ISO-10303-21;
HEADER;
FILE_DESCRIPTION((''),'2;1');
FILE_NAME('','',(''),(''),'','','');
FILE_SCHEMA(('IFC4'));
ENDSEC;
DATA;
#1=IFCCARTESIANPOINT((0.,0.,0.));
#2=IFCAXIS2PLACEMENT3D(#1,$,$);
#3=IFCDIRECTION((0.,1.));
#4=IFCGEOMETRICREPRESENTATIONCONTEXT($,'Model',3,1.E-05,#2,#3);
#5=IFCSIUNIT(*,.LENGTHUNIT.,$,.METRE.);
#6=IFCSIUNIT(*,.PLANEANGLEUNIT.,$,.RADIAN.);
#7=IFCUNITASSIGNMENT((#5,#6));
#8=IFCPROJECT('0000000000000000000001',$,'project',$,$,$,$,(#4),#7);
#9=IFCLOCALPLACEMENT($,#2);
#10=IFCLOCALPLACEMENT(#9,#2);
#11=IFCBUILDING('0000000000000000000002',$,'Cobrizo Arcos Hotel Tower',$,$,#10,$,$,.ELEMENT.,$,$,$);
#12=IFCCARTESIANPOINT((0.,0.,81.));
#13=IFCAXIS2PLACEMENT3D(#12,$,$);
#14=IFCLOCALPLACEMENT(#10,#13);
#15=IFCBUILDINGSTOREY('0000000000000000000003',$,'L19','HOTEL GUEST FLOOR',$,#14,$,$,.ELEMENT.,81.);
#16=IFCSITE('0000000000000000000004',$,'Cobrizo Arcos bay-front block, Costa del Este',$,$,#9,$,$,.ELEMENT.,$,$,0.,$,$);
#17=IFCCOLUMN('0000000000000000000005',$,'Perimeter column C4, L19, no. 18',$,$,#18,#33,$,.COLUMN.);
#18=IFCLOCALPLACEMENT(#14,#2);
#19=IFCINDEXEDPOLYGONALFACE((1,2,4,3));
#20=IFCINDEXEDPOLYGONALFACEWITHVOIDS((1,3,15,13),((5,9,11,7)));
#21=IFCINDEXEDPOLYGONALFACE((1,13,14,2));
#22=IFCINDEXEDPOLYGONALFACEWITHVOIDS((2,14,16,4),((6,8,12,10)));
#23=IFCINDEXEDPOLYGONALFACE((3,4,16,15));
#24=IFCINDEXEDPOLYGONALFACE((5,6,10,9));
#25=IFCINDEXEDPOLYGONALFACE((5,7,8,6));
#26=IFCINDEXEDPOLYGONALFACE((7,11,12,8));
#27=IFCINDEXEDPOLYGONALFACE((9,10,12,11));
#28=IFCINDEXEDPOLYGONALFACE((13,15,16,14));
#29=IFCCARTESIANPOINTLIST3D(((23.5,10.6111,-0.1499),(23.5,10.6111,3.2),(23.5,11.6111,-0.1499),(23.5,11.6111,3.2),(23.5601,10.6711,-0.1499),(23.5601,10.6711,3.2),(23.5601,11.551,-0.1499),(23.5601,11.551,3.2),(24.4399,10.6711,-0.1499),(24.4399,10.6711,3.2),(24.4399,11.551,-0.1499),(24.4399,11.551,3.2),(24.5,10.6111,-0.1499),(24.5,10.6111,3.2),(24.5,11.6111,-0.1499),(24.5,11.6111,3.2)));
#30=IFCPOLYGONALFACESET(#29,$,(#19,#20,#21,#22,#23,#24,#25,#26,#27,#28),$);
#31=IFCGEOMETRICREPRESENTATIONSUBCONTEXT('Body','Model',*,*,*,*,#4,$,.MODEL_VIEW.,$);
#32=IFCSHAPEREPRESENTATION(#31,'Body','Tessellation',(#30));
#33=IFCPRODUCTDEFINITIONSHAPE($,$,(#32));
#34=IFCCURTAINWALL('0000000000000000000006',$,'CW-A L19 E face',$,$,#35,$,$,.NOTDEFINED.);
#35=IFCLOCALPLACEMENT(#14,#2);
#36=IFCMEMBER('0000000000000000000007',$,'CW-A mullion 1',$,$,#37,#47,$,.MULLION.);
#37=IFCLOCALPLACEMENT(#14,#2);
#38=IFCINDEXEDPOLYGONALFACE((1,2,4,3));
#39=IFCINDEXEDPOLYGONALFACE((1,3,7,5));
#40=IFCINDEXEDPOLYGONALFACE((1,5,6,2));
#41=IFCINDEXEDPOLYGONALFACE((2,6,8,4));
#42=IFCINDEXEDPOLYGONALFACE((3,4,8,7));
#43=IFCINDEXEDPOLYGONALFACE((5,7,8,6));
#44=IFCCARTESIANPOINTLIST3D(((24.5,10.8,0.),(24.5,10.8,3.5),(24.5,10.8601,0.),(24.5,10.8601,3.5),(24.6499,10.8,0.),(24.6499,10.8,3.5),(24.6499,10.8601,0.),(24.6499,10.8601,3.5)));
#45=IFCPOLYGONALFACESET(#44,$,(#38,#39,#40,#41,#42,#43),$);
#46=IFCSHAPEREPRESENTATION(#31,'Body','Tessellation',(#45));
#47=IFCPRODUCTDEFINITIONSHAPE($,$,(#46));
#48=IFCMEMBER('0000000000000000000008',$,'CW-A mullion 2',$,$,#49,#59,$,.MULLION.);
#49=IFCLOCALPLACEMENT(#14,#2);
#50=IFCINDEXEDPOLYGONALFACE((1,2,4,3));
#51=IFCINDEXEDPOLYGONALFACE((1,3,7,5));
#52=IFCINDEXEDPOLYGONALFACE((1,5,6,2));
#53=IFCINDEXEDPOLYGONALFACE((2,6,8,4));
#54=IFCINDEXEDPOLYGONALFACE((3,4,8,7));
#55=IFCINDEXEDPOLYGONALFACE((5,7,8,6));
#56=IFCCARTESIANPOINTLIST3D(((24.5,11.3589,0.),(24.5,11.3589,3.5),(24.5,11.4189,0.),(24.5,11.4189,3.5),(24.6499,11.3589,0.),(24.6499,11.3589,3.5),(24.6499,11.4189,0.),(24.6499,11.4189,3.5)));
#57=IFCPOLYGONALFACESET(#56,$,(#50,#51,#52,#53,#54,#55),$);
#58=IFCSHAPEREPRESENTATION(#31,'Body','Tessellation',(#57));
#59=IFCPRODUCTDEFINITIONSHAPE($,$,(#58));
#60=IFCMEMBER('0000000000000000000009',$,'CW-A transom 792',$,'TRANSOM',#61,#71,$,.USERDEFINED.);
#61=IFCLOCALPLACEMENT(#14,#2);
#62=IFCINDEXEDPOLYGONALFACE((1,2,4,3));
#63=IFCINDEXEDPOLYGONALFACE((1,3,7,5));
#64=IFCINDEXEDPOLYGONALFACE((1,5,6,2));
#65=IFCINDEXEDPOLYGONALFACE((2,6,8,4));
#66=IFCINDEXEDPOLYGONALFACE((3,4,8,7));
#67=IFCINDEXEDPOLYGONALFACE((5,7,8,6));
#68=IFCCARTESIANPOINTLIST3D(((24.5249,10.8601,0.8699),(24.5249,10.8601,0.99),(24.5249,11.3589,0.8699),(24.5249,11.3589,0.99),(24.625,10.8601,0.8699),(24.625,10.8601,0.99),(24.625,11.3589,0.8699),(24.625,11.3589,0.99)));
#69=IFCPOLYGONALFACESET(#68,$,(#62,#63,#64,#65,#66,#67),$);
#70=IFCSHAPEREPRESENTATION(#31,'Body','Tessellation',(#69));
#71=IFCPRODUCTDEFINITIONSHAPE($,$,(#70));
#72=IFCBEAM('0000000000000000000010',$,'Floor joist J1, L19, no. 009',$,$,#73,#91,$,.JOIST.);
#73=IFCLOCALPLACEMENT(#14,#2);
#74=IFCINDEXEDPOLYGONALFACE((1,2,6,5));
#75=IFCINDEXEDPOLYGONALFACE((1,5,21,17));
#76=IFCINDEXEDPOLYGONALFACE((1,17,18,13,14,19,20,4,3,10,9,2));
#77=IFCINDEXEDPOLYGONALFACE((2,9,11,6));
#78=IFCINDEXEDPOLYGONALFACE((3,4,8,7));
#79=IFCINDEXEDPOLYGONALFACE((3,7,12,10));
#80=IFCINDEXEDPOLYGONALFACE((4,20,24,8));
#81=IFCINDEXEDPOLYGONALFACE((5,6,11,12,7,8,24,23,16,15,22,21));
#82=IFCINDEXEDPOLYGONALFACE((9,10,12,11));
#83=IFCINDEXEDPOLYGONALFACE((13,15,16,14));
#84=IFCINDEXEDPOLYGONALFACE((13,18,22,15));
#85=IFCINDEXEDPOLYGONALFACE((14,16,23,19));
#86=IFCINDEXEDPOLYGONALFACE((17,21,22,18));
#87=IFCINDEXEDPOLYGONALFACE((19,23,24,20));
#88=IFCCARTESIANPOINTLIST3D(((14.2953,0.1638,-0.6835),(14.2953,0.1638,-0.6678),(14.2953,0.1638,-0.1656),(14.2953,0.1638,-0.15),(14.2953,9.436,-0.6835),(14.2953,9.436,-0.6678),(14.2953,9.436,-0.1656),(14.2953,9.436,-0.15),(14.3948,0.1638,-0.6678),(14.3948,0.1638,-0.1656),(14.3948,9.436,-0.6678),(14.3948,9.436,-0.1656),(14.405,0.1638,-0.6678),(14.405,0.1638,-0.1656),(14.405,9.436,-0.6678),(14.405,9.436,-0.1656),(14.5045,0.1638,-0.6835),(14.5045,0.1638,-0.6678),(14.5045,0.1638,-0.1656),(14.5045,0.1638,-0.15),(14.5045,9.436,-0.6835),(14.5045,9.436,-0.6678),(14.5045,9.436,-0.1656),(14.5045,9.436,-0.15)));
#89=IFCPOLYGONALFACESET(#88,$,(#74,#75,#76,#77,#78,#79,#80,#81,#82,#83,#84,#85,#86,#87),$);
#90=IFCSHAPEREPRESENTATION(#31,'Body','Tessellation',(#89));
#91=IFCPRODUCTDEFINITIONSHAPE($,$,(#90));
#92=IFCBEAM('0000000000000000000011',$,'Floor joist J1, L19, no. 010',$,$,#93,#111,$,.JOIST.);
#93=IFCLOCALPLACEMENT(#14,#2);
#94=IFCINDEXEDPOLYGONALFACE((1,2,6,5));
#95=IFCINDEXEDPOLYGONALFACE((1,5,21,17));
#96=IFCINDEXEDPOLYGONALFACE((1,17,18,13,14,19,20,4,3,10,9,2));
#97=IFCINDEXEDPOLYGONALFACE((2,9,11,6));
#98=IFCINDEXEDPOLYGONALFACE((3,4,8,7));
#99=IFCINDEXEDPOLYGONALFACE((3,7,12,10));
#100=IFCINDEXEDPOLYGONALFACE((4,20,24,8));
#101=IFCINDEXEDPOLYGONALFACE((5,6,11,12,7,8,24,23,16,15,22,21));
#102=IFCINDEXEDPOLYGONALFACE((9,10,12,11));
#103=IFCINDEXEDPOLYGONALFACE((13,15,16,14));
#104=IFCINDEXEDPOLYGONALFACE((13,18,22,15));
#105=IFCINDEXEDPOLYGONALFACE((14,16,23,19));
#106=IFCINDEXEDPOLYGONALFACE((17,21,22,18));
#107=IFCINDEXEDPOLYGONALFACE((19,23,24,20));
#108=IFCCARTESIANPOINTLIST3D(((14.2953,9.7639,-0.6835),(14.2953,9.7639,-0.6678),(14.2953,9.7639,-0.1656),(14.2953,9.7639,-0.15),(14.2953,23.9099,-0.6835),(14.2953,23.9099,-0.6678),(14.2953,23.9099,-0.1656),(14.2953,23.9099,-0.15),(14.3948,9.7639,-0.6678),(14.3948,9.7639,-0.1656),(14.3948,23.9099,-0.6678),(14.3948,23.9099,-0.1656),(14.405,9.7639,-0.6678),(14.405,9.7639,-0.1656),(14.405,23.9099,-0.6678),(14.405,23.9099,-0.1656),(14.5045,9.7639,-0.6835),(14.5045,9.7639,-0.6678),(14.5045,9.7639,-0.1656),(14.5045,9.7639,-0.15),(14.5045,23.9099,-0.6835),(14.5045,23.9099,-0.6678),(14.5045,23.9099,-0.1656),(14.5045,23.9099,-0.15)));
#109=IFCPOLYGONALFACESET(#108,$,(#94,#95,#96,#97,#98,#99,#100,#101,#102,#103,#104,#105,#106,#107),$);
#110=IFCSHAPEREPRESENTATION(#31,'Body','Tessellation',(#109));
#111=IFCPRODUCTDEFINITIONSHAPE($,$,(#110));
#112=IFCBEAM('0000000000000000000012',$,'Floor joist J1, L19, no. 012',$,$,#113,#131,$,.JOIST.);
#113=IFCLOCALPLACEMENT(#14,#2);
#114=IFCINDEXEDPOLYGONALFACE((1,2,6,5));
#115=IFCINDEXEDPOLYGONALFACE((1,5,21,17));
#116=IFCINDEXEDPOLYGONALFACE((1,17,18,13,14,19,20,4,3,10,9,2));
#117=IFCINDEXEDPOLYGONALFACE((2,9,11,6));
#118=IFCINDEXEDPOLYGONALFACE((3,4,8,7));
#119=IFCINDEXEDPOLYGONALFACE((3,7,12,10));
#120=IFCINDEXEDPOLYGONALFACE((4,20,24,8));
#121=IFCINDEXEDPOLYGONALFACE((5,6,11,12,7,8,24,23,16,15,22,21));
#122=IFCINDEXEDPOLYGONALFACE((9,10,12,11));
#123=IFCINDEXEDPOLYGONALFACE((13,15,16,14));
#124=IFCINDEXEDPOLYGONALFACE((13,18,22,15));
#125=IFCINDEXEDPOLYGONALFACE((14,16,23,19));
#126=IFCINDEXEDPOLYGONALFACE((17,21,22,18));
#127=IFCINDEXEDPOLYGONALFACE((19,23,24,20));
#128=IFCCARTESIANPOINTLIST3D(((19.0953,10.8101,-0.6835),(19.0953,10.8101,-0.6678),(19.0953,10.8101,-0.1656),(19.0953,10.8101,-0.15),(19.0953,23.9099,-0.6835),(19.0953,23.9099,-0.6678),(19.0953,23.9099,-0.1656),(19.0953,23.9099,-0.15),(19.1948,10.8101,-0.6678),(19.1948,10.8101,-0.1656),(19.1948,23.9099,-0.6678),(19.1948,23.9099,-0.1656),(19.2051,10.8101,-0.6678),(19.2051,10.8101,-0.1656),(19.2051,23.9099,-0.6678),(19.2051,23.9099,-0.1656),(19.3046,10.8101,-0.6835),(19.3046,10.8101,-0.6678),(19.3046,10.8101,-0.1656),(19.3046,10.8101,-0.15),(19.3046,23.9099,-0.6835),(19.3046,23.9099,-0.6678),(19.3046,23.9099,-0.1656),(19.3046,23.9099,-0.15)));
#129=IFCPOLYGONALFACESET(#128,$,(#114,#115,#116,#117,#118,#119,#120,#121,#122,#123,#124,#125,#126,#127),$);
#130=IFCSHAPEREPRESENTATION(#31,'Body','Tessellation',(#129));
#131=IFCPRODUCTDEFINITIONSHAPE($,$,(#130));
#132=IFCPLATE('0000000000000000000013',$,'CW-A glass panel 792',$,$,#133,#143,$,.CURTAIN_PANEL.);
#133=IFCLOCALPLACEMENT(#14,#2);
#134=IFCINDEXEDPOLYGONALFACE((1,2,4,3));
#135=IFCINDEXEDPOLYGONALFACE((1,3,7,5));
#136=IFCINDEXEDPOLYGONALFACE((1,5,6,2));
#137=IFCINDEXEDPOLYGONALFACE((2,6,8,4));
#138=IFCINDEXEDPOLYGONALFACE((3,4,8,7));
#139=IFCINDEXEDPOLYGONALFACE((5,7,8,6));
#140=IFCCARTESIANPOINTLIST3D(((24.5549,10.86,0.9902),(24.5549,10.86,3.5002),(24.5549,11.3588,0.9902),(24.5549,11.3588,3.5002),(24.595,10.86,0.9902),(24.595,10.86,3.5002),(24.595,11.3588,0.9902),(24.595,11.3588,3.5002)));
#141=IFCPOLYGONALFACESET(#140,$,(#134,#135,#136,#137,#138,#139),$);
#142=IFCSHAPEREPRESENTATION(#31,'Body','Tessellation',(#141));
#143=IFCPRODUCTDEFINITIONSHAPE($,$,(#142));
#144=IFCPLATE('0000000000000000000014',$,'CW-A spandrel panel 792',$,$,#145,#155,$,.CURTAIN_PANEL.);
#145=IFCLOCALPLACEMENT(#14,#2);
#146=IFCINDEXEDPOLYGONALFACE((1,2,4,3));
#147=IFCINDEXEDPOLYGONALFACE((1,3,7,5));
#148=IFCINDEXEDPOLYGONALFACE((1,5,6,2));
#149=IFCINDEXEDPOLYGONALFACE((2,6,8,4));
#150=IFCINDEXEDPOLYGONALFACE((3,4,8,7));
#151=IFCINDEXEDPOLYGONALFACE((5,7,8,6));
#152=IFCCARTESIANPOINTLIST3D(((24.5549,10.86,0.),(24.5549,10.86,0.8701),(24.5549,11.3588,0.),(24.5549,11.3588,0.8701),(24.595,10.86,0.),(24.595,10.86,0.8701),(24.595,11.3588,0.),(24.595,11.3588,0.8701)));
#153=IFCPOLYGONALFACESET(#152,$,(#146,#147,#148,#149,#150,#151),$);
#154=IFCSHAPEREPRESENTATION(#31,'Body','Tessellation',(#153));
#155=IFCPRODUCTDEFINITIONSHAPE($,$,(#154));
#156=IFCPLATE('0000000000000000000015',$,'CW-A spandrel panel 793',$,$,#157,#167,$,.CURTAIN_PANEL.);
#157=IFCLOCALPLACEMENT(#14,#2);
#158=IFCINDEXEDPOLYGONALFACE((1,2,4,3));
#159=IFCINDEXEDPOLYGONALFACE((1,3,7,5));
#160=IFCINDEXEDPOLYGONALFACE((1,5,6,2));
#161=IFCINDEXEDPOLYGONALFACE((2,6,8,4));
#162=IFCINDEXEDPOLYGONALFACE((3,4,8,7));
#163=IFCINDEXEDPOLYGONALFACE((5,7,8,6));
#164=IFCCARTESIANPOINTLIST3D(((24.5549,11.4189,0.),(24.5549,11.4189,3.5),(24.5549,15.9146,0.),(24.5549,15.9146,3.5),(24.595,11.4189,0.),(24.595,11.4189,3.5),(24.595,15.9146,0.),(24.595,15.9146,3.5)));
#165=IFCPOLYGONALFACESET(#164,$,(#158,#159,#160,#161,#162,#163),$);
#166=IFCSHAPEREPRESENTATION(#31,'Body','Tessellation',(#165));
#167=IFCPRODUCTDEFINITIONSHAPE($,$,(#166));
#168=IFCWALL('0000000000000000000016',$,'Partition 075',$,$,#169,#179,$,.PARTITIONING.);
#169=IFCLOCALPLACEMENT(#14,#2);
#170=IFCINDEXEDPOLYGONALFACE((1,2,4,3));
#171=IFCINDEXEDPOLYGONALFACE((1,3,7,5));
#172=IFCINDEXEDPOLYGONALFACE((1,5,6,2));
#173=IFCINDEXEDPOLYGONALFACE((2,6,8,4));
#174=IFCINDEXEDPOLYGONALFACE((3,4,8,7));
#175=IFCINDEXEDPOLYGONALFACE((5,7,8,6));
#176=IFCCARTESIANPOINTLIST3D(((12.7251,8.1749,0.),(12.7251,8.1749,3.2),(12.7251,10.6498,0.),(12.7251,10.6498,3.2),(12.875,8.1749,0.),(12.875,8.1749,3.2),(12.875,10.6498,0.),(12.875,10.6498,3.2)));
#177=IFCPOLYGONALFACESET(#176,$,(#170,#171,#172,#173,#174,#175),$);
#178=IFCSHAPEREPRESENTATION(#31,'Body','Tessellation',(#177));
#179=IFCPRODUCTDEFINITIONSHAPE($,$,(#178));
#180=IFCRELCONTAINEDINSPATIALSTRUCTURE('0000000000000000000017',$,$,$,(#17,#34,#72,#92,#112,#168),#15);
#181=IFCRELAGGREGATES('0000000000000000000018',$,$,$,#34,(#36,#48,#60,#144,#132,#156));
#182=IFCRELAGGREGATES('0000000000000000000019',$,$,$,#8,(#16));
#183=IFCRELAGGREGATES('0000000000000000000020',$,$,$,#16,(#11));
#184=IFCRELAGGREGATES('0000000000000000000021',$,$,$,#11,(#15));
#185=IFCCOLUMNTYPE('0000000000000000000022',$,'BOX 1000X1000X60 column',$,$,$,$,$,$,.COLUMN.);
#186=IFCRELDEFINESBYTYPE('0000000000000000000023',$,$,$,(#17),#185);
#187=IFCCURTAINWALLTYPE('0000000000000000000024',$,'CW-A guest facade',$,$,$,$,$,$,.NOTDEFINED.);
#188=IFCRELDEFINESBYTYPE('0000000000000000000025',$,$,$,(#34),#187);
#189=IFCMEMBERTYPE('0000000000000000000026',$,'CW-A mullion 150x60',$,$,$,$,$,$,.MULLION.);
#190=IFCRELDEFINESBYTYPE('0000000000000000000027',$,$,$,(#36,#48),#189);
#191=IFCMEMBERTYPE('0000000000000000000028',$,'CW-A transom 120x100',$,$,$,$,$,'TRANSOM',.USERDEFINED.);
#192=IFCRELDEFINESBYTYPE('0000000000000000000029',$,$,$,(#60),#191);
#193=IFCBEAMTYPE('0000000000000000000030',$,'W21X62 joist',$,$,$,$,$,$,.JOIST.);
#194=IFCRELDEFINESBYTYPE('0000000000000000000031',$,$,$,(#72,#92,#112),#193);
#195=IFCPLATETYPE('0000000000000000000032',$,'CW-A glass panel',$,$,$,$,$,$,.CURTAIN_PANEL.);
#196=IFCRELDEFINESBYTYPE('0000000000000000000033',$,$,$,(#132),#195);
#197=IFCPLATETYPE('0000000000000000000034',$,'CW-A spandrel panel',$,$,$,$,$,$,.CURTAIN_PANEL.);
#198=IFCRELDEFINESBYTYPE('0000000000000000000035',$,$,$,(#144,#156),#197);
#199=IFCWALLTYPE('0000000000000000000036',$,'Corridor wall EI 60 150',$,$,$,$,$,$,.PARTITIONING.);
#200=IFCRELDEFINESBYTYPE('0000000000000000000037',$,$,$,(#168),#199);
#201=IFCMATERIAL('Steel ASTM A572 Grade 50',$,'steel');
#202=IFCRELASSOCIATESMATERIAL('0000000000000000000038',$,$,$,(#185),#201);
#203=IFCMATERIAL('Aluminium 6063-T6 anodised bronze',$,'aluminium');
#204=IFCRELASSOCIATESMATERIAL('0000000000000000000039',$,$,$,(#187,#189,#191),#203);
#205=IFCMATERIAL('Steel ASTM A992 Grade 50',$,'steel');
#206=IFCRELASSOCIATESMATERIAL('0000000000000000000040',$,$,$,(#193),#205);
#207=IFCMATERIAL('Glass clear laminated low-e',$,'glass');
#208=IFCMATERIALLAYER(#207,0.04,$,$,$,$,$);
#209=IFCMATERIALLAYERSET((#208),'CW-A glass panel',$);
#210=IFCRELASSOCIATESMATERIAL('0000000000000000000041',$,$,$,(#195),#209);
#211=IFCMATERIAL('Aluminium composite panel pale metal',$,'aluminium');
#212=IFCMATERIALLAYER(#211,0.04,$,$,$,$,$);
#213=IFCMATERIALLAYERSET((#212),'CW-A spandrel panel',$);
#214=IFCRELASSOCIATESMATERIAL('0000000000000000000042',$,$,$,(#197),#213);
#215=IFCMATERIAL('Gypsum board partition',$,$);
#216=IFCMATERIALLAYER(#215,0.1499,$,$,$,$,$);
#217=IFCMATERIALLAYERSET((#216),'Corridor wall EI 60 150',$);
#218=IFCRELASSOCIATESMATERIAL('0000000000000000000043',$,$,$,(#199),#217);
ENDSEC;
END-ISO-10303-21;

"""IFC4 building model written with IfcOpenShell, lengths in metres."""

from ifc_helpers import new_model, si_unit, direction, frame, frame_2d, origin, origin_2d, place, context, subcontext, project, spatial, rectangle, hollow_rectangle, i_section, extrude, material, layer, layer_set, material_profile, profile_set, type_object, element, aggregate, save


model = new_model("IFC4")

# Units and contexts
model_context = context("Model", 3, precision=1e-05, world=origin(), true_north=direction((0.0, 1.0)))
body_context = subcontext(model_context, "Body", "Model", "MODEL_VIEW")
ifc_project = project(units=[si_unit("LENGTHUNIT", "METRE"), si_unit("PLANEANGLEUNIT", "RADIAN")], contexts=[model_context])

# Site, building, storey
site_placement = place(None, origin())
site = spatial("IfcSite", under=ifc_project, at=site_placement, Name="Cobrizo Arcos bay-front block, Costa del Este", CompositionType="ELEMENT", RefElevation=0.0)
building_placement = place(site_placement, origin())
building = spatial("IfcBuilding", under=site, at=building_placement, Name="Cobrizo Arcos Hotel Tower", CompositionType="ELEMENT")
storey_placement = place(building_placement, frame((0.0, 0.0, 81.0)))
storey = spatial("IfcBuildingStorey", under=building, at=storey_placement, Name="L19", Description="HOTEL GUEST FLOOR", CompositionType="ELEMENT", Elevation=81.0)

# Column
ifc_material_1 = material(Name="Steel ASTM A572 Grade 50", Category="steel")
ifc_material_profile_1 = material_profile(ifc_material_1, hollow_rectangle(XDim=1.0, YDim=1.0, WallThickness=0.0601, at=origin_2d()), Name="BOX 1000X1000X60")
ifc_profile_set_1 = profile_set([ifc_material_profile_1], Name="Steel ASTM A572 Grade 50")
column_type = type_object("IfcColumnType", Name="BOX 1000X1000X60 column", PredefinedType="COLUMN", material=ifc_profile_set_1)
column_placement = place(storey_placement, frame((24.0, 11.1111, -0.1499), z_axis=(0.0, 0.0, 1.0), x_axis=(1.0, 0.0, 0.0)))
element("IfcColumn", 1, at=column_placement, inside=storey, type_object=column_type, Name="Perimeter column C4, L19, no. 18", PredefinedType="COLUMN", context=body_context, shape_type="SweptSolid", body=[
    extrude(hollow_rectangle(XDim=1.0, YDim=1.0, WallThickness=0.0601, at=origin_2d()), origin(), (0.0, 0.0, 1.0), 3.3499),
])

# Curtain wall, members
ifc_material_2 = material(Name="Aluminium 6063-T6 anodised bronze", Category="aluminium")
curtain_wall_type = type_object("IfcCurtainWallType", Name="CW-A guest facade", PredefinedType="NOTDEFINED", material=ifc_material_2)
curtain_wall_placement = place(storey_placement, origin())
curtain_wall = element("IfcCurtainWall", 2, at=curtain_wall_placement, inside=storey, type_object=curtain_wall_type, Name="CW-A L19 E face", PredefinedType="NOTDEFINED")
ifc_material_profile_2 = material_profile(ifc_material_2, rectangle(XDim=0.1499, YDim=0.0601, at=origin_2d()), Name="CW-A mullion 150x60")
ifc_profile_set_2 = profile_set([ifc_material_profile_2], Name="Aluminium 6063-T6 anodised bronze")
member_type_1 = type_object("IfcMemberType", Name="CW-A mullion 150x60", PredefinedType="MULLION", material=ifc_profile_set_2)
member_1_placement = place(storey_placement, frame((24.575, 10.8301, 0.0), z_axis=(0.0, 0.0, 1.0), x_axis=(1.0, 0.0, 0.0)))
member_1 = element("IfcMember", 3, at=member_1_placement, type_object=member_type_1, Name="CW-A mullion 1", PredefinedType="MULLION", context=body_context, shape_type="SweptSolid", body=[
    extrude(rectangle(XDim=0.1499, YDim=0.0601, at=origin_2d()), origin(), (0.0, 0.0, 1.0), 3.5),
])
member_2_placement = place(storey_placement, frame((24.575, 11.3889, 0.0), z_axis=(0.0, 0.0, 1.0), x_axis=(1.0, 0.0, 0.0)))
member_2 = element("IfcMember", 4, at=member_2_placement, type_object=member_type_1, Name="CW-A mullion 2", PredefinedType="MULLION", context=body_context, shape_type="SweptSolid", body=[
    extrude(rectangle(XDim=0.1499, YDim=0.0601, at=origin_2d()), origin(), (0.0, 0.0, 1.0), 3.5),
])
ifc_material_profile_3 = material_profile(ifc_material_2, rectangle(XDim=0.1001, YDim=0.1201, at=origin_2d()), Name="CW-A transom 120x100")
ifc_profile_set_3 = profile_set([ifc_material_profile_3], Name="Aluminium 6063-T6 anodised bronze")
member_type_2 = type_object("IfcMemberType", Name="CW-A transom 120x100", ElementType="TRANSOM", PredefinedType="USERDEFINED", material=ifc_profile_set_3)
member_3_placement = place(storey_placement, frame((24.575, 10.8601, 0.9299), z_axis=(0.0, 1.0, 0.0), x_axis=(-1.0, 0.0, 0.0)))
member_3 = element("IfcMember", 5, at=member_3_placement, type_object=member_type_2, Name="CW-A transom 792", ObjectType="TRANSOM", PredefinedType="USERDEFINED", context=body_context, shape_type="SweptSolid", body=[
    extrude(rectangle(XDim=0.1001, YDim=0.1201, at=origin_2d()), origin(), (0.0, 0.0, 1.0), 0.4988),
])

# Beams
ifc_material_3 = material(Name="Steel ASTM A992 Grade 50", Category="steel")
ifc_material_profile_4 = material_profile(ifc_material_3, i_section(OverallWidth=0.2092, OverallDepth=0.5334, WebThickness=0.0103, FlangeThickness=0.0156, at=origin_2d()), Name="W21X62")
ifc_profile_set_4 = profile_set([ifc_material_profile_4], Name="Steel ASTM A992 Grade 50")
beam_type = type_object("IfcBeamType", Name="W21X62 joist", PredefinedType="JOIST", material=ifc_profile_set_4)
beam_1_placement = place(storey_placement, frame((14.3999, 0.1638, -0.4167), z_axis=(0.0, 1.0, 0.0), x_axis=(-1.0, 0.0, 0.0)))
element("IfcBeam", 6, at=beam_1_placement, inside=storey, type_object=beam_type, Name="Floor joist J1, L19, no. 009", PredefinedType="JOIST", context=body_context, shape_type="SweptSolid", body=[
    extrude(i_section(OverallWidth=0.2092, OverallDepth=0.5334, WebThickness=0.0103, FlangeThickness=0.0156, at=origin_2d()), origin(), (0.0, 0.0, 1.0), 9.2722),
])
beam_2_placement = place(storey_placement, frame((14.3999, 9.7639, -0.4167), z_axis=(0.0, 1.0, 0.0), x_axis=(-1.0, 0.0, 0.0)))
element("IfcBeam", 7, at=beam_2_placement, inside=storey, type_object=beam_type, Name="Floor joist J1, L19, no. 010", PredefinedType="JOIST", context=body_context, shape_type="SweptSolid", body=[
    extrude(i_section(OverallWidth=0.2092, OverallDepth=0.5334, WebThickness=0.0103, FlangeThickness=0.0156, at=origin_2d()), origin(), (0.0, 0.0, 1.0), 14.146),
])
beam_3_placement = place(storey_placement, frame((19.2, 10.8101, -0.4167), z_axis=(0.0, 1.0, 0.0), x_axis=(-1.0, 0.0, 0.0)))
element("IfcBeam", 8, at=beam_3_placement, inside=storey, type_object=beam_type, Name="Floor joist J1, L19, no. 012", PredefinedType="JOIST", context=body_context, shape_type="SweptSolid", body=[
    extrude(i_section(OverallWidth=0.2092, OverallDepth=0.5334, WebThickness=0.0103, FlangeThickness=0.0156, at=origin_2d()), origin(), (0.0, 0.0, 1.0), 13.0999),
])

# Plates
ifc_material_4 = material(Name="Glass clear laminated low-e", Category="glass")
ifc_layer_1 = layer(ifc_material_4, 0.04)
ifc_layer_set_1 = layer_set([ifc_layer_1], Name="CW-A glass panel")
plate_type_1 = type_object("IfcPlateType", Name="CW-A glass panel", PredefinedType="CURTAIN_PANEL", material=ifc_layer_set_1)
plate_1_placement = place(storey_placement, frame((24.575, 11.1094, 0.9902), z_axis=(0.0, 0.0, 1.0), x_axis=(0.0, 1.0, 0.0)))
plate_1 = element("IfcPlate", 9, at=plate_1_placement, type_object=plate_type_1, Name="CW-A glass panel 792", PredefinedType="CURTAIN_PANEL", context=body_context, shape_type="SweptSolid", body=[
    extrude(rectangle(XDim=0.4988, YDim=0.04, at=origin_2d()), origin(), (0.0, 0.0, 1.0), 2.51),
])
ifc_material_5 = material(Name="Aluminium composite panel pale metal", Category="aluminium")
ifc_layer_2 = layer(ifc_material_5, 0.04)
ifc_layer_set_2 = layer_set([ifc_layer_2], Name="CW-A spandrel panel")
plate_type_2 = type_object("IfcPlateType", Name="CW-A spandrel panel", PredefinedType="CURTAIN_PANEL", material=ifc_layer_set_2)
plate_2_placement = place(storey_placement, frame((24.575, 11.1094, 0.0), z_axis=(0.0, 0.0, 1.0), x_axis=(0.0, 1.0, 0.0)))
plate_2 = element("IfcPlate", 10, at=plate_2_placement, type_object=plate_type_2, Name="CW-A spandrel panel 792", PredefinedType="CURTAIN_PANEL", context=body_context, shape_type="SweptSolid", body=[
    extrude(rectangle(XDim=0.4988, YDim=0.04, at=origin_2d()), origin(), (0.0, 0.0, 1.0), 0.8701),
])
plate_3_placement = place(storey_placement, frame((24.575, 13.6667, 0.0), z_axis=(0.0, 0.0, 1.0), x_axis=(0.0, 1.0, 0.0)))
plate_3 = element("IfcPlate", 11, at=plate_3_placement, type_object=plate_type_2, Name="CW-A spandrel panel 793", PredefinedType="CURTAIN_PANEL", context=body_context, shape_type="SweptSolid", body=[
    extrude(rectangle(XDim=4.4956, YDim=0.04, at=origin_2d()), origin(), (0.0, 0.0, 1.0), 3.5),
])
aggregate(curtain_wall, [member_1, member_2, member_3, plate_2, plate_1, plate_3])

# Wall
ifc_material_6 = material(Name="Gypsum board partition")
ifc_layer_3 = layer(ifc_material_6, 0.1499)
ifc_layer_set_3 = layer_set([ifc_layer_3], Name="Corridor wall EI 60 150")
wall_type_1 = type_object("IfcWallType", Name="Corridor wall EI 60 150", PredefinedType="PARTITIONING", material=ifc_layer_set_3)
wall_1_placement = place(storey_placement, frame((12.8, 8.175, 0.0), z_axis=(0.0, 0.0, 1.0), x_axis=(0.0, 1.0, 0.0)))
element("IfcWall", 12, at=wall_1_placement, inside=storey, type_object=wall_type_1, Name="Partition 075", PredefinedType="PARTITIONING", context=body_context, shape_type="SweptSolid", body=[
    extrude(rectangle(XDim=2.4749, YDim=0.1499, at=frame_2d((1.2373, 0.0))), origin(), (0.0, 0.0, 1.0), 3.2),
])

save(model, "model.ifc")
